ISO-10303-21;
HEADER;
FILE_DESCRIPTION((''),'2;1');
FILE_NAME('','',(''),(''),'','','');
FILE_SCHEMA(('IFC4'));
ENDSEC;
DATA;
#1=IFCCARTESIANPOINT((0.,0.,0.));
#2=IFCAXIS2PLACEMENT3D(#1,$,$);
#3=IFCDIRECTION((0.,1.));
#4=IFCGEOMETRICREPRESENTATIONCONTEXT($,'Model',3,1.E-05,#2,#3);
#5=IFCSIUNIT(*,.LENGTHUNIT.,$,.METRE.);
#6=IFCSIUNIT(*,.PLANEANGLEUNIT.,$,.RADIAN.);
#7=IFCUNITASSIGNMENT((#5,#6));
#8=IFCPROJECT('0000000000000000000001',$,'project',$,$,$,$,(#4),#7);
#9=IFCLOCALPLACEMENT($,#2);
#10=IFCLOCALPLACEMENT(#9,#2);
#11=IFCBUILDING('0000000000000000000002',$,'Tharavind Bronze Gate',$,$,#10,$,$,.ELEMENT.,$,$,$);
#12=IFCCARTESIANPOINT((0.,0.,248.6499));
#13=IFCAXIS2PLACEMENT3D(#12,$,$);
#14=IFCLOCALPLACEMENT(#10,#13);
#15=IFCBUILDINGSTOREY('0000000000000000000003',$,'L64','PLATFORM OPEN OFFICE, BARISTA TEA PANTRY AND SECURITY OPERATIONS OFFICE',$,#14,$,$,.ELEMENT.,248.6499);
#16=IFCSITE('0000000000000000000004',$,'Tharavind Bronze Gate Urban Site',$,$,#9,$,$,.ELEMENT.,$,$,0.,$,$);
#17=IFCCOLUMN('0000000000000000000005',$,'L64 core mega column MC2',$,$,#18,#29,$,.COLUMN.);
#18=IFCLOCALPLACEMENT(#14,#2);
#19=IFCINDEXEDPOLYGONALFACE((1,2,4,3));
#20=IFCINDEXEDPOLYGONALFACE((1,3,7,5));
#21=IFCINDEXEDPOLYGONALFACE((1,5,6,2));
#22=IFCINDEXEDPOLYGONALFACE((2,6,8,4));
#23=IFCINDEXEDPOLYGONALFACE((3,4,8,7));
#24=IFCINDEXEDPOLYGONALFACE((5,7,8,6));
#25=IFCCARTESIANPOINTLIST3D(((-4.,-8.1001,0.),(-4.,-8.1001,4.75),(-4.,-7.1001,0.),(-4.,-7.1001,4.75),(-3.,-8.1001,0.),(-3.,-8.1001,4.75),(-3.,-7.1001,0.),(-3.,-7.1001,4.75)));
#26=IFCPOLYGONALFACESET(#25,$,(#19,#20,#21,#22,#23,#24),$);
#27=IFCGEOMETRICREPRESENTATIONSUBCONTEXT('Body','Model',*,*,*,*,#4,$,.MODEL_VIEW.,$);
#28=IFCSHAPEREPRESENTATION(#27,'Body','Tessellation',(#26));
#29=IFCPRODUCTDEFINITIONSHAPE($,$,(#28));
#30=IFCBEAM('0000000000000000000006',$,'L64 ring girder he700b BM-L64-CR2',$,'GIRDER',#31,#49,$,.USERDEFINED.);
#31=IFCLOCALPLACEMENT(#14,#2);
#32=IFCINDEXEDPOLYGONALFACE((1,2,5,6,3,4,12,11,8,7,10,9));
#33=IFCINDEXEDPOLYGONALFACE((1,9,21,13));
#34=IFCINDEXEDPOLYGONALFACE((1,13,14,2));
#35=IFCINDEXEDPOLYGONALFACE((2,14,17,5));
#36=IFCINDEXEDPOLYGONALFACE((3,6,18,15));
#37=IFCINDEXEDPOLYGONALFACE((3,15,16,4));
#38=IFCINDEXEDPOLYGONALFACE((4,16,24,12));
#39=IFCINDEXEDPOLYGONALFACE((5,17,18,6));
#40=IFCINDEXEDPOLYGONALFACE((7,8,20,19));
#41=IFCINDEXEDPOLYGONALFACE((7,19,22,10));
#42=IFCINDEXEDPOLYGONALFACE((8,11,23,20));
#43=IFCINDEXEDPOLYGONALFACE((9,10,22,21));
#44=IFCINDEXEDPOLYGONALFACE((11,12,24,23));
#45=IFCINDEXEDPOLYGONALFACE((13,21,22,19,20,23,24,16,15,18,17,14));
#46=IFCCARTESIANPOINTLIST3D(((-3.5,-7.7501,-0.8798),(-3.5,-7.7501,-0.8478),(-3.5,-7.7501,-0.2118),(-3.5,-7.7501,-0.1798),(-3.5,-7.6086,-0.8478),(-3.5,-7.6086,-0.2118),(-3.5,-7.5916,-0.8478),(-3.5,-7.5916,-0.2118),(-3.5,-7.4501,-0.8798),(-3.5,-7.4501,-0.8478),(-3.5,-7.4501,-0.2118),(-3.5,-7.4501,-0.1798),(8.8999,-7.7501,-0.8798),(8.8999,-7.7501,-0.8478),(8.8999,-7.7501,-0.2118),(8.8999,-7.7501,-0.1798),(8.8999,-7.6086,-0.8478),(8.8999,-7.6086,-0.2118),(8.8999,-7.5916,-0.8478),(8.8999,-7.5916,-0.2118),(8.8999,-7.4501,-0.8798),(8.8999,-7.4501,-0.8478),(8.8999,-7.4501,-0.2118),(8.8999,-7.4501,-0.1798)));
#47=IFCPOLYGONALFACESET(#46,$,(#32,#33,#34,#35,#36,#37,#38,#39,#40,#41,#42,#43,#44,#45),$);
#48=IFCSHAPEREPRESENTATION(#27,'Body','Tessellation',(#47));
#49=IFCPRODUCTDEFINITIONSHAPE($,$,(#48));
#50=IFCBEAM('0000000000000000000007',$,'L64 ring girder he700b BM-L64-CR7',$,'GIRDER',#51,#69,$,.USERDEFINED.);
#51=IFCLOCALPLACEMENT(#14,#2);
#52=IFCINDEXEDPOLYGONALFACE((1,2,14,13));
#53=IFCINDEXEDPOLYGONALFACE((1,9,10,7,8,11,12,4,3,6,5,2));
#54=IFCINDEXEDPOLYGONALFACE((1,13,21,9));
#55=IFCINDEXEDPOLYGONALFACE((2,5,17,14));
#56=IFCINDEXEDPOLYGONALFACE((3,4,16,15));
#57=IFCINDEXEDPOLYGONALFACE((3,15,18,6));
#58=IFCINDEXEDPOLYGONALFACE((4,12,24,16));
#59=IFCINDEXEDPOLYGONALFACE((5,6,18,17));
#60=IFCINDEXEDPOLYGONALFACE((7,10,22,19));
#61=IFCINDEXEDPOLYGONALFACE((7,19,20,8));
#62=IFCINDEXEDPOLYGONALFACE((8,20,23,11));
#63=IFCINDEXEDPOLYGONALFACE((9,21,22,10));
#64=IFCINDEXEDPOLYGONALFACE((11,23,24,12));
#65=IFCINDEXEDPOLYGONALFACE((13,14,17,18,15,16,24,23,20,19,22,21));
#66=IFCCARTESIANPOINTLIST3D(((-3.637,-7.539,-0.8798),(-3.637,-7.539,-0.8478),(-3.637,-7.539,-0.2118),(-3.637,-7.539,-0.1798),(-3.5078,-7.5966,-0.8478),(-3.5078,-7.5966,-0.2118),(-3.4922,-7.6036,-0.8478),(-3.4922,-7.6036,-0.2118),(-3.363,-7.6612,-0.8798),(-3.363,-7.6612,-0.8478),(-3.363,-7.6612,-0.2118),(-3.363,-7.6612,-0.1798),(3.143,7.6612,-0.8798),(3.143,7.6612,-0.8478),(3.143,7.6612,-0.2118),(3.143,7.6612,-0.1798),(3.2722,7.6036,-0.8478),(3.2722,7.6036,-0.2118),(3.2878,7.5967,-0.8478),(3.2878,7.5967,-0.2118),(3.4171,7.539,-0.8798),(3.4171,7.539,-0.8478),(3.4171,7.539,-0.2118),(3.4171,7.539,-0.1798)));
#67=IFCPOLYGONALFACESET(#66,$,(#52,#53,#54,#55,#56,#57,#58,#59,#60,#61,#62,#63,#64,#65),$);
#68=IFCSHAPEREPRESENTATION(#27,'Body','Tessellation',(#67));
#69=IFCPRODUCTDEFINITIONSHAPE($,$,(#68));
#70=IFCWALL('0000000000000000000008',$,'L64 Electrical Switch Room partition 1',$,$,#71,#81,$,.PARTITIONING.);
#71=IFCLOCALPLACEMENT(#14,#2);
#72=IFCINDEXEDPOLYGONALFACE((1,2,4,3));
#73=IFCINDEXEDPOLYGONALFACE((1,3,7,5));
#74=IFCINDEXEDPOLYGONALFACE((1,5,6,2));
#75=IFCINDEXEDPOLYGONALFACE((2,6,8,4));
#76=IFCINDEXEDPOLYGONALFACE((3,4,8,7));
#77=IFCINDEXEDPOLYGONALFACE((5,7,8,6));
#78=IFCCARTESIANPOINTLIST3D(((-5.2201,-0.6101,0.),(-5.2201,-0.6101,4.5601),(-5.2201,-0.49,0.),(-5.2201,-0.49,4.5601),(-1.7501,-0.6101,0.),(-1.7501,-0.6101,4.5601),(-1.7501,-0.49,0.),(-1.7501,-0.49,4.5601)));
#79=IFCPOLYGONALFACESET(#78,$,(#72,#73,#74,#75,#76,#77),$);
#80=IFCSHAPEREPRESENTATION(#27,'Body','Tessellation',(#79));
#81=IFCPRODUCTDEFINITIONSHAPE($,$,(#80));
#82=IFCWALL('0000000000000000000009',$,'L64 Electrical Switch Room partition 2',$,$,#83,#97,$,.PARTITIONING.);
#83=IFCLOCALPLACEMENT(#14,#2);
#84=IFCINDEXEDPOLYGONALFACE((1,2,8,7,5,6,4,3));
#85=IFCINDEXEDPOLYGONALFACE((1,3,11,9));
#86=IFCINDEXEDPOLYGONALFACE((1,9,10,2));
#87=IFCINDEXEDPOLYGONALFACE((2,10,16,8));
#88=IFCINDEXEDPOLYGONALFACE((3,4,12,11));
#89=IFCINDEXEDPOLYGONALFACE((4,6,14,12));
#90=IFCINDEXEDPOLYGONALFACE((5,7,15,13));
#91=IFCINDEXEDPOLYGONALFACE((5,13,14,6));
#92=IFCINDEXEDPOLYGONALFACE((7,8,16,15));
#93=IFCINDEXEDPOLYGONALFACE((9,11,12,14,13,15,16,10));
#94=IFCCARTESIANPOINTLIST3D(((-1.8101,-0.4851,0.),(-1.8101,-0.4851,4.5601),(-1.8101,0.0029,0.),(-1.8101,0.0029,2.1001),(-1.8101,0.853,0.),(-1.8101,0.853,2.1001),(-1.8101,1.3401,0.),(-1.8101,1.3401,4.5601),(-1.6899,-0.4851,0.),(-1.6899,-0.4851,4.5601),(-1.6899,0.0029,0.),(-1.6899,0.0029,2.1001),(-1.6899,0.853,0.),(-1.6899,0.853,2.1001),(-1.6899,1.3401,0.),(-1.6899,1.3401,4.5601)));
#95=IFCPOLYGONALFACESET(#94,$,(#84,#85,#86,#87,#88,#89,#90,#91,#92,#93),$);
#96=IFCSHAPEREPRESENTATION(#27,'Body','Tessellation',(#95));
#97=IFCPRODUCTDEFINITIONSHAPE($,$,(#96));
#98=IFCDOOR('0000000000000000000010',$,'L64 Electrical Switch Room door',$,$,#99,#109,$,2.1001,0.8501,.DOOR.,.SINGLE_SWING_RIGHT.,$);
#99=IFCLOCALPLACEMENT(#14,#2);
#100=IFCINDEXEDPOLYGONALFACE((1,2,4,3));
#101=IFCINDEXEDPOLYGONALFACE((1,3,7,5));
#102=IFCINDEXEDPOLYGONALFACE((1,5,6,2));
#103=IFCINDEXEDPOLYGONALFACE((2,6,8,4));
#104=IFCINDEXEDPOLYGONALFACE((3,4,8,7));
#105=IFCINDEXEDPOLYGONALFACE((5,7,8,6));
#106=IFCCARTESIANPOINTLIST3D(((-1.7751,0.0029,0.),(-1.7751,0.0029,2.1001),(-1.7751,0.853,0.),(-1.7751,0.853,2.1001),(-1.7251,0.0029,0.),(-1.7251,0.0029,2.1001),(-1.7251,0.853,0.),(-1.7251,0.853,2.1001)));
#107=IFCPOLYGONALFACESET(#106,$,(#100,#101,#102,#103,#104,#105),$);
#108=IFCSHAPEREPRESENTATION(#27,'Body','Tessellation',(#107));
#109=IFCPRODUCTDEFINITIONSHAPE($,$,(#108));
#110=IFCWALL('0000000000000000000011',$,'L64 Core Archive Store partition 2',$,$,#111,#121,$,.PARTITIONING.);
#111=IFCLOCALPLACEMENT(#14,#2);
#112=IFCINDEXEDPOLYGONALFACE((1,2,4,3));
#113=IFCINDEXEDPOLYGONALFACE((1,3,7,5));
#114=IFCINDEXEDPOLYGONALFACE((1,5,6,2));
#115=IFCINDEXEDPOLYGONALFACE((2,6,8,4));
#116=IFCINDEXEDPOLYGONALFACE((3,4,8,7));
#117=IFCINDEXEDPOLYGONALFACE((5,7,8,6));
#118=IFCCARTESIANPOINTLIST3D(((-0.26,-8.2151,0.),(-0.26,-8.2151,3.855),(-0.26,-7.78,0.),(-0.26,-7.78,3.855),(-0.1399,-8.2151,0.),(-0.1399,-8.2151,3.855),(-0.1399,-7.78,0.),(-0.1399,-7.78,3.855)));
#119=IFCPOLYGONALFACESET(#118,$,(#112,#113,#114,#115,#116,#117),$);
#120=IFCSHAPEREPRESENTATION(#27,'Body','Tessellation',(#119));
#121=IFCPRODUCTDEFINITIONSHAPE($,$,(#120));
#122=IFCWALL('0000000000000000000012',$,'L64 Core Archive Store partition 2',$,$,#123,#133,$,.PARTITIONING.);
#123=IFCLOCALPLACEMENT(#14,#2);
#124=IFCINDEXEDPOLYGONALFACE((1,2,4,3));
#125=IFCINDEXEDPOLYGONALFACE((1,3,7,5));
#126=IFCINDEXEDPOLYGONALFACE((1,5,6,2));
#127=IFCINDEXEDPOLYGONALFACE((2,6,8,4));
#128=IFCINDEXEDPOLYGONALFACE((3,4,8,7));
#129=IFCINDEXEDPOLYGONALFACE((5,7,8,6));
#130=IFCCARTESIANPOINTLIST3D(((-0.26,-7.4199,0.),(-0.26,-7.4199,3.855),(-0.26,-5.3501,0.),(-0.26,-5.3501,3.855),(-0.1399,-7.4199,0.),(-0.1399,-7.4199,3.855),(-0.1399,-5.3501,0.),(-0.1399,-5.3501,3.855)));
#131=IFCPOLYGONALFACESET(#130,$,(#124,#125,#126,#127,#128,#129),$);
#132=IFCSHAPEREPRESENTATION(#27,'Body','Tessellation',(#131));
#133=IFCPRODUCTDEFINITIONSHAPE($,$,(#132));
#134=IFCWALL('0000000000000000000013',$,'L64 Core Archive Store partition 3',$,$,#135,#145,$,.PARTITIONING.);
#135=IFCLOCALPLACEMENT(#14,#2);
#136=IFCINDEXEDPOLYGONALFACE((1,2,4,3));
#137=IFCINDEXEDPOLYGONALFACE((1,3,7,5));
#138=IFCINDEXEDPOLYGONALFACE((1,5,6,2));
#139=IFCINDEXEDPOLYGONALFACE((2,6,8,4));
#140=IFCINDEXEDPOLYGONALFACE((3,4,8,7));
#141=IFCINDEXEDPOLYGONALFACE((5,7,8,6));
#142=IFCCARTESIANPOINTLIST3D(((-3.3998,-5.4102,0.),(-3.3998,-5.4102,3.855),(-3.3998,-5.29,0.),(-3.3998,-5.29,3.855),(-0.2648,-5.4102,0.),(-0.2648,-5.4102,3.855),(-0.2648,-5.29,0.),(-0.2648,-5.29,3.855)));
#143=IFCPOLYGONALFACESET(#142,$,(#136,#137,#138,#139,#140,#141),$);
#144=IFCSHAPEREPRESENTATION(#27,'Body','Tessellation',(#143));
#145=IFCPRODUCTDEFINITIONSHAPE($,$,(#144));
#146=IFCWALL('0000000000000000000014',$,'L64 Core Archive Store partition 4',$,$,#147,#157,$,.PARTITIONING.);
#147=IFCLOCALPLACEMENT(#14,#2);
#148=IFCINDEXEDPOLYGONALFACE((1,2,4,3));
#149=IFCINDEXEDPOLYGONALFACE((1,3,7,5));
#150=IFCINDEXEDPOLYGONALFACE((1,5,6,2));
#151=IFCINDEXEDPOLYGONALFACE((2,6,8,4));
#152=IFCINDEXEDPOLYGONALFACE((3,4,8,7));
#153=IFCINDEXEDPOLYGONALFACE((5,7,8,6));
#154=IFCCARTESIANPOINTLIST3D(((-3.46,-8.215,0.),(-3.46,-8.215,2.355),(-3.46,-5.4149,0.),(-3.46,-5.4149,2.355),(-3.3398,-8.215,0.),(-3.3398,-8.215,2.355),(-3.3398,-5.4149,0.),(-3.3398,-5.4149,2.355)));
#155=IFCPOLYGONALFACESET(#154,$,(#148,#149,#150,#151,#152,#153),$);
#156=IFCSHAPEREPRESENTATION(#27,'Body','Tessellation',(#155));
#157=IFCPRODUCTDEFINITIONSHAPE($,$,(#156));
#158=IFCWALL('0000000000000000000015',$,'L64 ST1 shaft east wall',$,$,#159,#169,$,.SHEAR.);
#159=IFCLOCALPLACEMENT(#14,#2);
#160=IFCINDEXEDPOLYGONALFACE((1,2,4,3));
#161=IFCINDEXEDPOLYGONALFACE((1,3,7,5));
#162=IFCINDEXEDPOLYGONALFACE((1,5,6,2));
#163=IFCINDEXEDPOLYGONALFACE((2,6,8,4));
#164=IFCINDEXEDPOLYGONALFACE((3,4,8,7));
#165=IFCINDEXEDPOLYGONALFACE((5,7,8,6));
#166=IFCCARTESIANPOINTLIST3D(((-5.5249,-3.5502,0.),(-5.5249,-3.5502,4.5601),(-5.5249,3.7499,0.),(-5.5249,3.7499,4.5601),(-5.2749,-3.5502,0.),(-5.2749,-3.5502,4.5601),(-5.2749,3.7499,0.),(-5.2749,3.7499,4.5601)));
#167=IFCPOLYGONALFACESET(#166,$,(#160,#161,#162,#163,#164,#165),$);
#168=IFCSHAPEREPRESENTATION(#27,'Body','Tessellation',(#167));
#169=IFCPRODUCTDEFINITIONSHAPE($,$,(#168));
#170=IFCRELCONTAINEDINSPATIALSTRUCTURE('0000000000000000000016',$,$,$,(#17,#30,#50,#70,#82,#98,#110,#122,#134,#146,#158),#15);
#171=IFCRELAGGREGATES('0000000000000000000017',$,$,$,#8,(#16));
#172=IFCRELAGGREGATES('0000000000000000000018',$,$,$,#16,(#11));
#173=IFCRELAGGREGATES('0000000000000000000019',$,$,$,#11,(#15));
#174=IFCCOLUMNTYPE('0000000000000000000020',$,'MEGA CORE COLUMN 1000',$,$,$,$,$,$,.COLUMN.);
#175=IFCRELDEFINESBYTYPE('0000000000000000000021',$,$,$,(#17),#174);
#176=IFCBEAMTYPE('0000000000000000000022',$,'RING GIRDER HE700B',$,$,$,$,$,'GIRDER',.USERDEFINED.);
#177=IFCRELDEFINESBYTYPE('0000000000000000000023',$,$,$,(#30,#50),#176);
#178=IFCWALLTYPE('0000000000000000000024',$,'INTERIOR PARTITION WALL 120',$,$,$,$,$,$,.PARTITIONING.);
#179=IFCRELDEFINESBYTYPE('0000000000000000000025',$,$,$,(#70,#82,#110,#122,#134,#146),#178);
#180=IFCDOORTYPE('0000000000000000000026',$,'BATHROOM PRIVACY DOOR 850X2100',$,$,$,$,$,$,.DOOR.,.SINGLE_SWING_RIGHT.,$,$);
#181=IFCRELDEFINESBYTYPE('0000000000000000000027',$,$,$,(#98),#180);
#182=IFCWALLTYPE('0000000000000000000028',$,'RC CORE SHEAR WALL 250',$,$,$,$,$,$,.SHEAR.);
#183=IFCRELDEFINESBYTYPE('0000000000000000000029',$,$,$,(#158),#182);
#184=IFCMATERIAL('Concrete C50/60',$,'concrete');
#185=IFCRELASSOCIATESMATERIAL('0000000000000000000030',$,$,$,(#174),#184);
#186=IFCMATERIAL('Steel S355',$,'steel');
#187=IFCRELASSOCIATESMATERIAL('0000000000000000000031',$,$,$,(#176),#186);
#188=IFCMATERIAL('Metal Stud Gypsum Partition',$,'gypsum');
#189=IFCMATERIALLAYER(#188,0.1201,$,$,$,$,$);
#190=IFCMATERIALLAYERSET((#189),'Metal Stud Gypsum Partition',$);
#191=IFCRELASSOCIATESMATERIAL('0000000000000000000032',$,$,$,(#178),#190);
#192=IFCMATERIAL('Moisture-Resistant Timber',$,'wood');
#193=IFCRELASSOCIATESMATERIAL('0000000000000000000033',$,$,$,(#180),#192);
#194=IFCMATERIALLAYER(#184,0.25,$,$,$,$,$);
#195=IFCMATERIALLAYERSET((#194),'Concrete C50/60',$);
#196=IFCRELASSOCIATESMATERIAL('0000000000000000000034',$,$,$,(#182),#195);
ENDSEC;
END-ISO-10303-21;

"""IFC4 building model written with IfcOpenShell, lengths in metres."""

from ifc_helpers import new_model, si_unit, direction, frame, frame_2d, origin, origin_2d, place, context, subcontext, project, spatial, rectangle, i_section, extrude, material, layer, layer_set, material_profile, profile_set, type_object, element, fill, save


model = new_model("IFC4")

# Units and contexts
model_context = context("Model", 3, precision=1e-05, world=origin(), true_north=direction((0.0, 1.0)))
body_context = subcontext(model_context, "Body", "Model", "MODEL_VIEW")
ifc_project = project(units=[si_unit("LENGTHUNIT", "METRE"), si_unit("PLANEANGLEUNIT", "RADIAN")], contexts=[model_context])

# Site, building, storey
site_placement = place(None, origin())
site = spatial("IfcSite", under=ifc_project, at=site_placement, Name="Tharavind Bronze Gate Urban Site", CompositionType="ELEMENT", RefElevation=0.0)
building_placement = place(site_placement, origin())
building = spatial("IfcBuilding", under=site, at=building_placement, Name="Tharavind Bronze Gate", CompositionType="ELEMENT")
storey_placement = place(building_placement, frame((0.0, 0.0, 248.6499)))
storey = spatial("IfcBuildingStorey", under=building, at=storey_placement, Name="L64", Description="PLATFORM OPEN OFFICE, BARISTA TEA PANTRY AND SECURITY OPERATIONS OFFICE", CompositionType="ELEMENT", Elevation=248.6499)

# Column
ifc_material_1 = material(Name="Concrete C50/60", Category="concrete")
ifc_material_profile_1 = material_profile(ifc_material_1, rectangle(XDim=1.0, YDim=1.0, at=origin_2d()), Name="RCCOL1000")
ifc_profile_set_1 = profile_set([ifc_material_profile_1], Name="Concrete C50/60")
column_type = type_object("IfcColumnType", Name="MEGA CORE COLUMN 1000", PredefinedType="COLUMN", material=ifc_profile_set_1)
column_placement = place(storey_placement, frame((-3.5, -7.6001, 0.0), z_axis=(0.0, 0.0, 1.0), x_axis=(1.0, 0.0, 0.0)))
element("IfcColumn", 1, at=column_placement, inside=storey, type_object=column_type, Name="L64 core mega column MC2", PredefinedType="COLUMN", context=body_context, shape_type="SweptSolid", body=[
    extrude(rectangle(XDim=1.0, YDim=1.0, at=origin_2d()), origin(), (0.0, 0.0, 1.0), 4.75),
])

# Beams
ifc_material_2 = material(Name="Steel S355", Category="steel")
ifc_material_profile_2 = material_profile(ifc_material_2, i_section(OverallWidth=0.3, OverallDepth=0.7, WebThickness=0.0171, FlangeThickness=0.032, at=origin_2d()), Name="HE700B")
ifc_profile_set_2 = profile_set([ifc_material_profile_2], Name="Steel S355")
beam_type = type_object("IfcBeamType", Name="RING GIRDER HE700B", ElementType="GIRDER", PredefinedType="USERDEFINED", material=ifc_profile_set_2)
beam_1_placement = place(storey_placement, frame((-3.5, -7.6001, -0.5298), z_axis=(1.0, 0.0, 0.0), x_axis=(0.0, 1.0, 0.0)))
element("IfcBeam", 2, at=beam_1_placement, inside=storey, type_object=beam_type, Name="L64 ring girder he700b BM-L64-CR2", ObjectType="GIRDER", PredefinedType="USERDEFINED", context=body_context, shape_type="SweptSolid", body=[
    extrude(i_section(OverallWidth=0.3, OverallDepth=0.7, WebThickness=0.0171, FlangeThickness=0.032, at=origin_2d()), origin(), (0.0, 0.0, 1.0), 12.3999),
])
beam_2_placement = place(storey_placement, frame((-3.5, -7.6001, -0.5298), z_axis=(0.407362, 0.913267, 0.0), x_axis=(-0.913267, 0.407362, 0.0)))
element("IfcBeam", 3, at=beam_2_placement, inside=storey, type_object=beam_type, Name="L64 ring girder he700b BM-L64-CR7", ObjectType="GIRDER", PredefinedType="USERDEFINED", context=body_context, shape_type="SweptSolid", body=[
    extrude(i_section(OverallWidth=0.3, OverallDepth=0.7, WebThickness=0.0171, FlangeThickness=0.032, at=origin_2d()), origin(), (0.0, 0.0, 1.0), 16.6438),
])

# Wall
ifc_material_3 = material(Name="Metal Stud Gypsum Partition", Category="gypsum")
ifc_layer_1 = layer(ifc_material_3, 0.1201)
ifc_layer_set_1 = layer_set([ifc_layer_1], Name="Metal Stud Gypsum Partition")
wall_type_1 = type_object("IfcWallType", Name="INTERIOR PARTITION WALL 120", PredefinedType="PARTITIONING", material=ifc_layer_set_1)
wall_1_placement = place(storey_placement, frame((-5.22, -0.55, 0.0), z_axis=(0.0, 0.0, 1.0), x_axis=(1.0, 0.0, 0.0)))
element("IfcWall", 4, at=wall_1_placement, inside=storey, type_object=wall_type_1, Name="L64 Electrical Switch Room partition 1", PredefinedType="PARTITIONING", context=body_context, shape_type="SweptSolid", body=[
    extrude(rectangle(XDim=3.47, YDim=0.1201, at=frame_2d((1.7349, 0.0))), origin(), (0.0, 0.0, 1.0), 4.5601),
])

# Wall, opening, door
wall_2_placement = place(storey_placement, frame((-1.75, -0.4851, 0.0), z_axis=(0.0, 0.0, 1.0), x_axis=(0.0, 1.0, 0.0)))
wall_2 = element("IfcWall", 5, at=wall_2_placement, inside=storey, type_object=wall_type_1, Name="L64 Electrical Switch Room partition 2", PredefinedType="PARTITIONING", context=body_context, shape_type="SweptSolid", body=[
    extrude(rectangle(XDim=1.8252, YDim=0.1201, at=frame_2d((0.9126, 0.0))), origin(), (0.0, 0.0, 1.0), 4.5601),
])
opening_1_placement = place(wall_2_placement, frame((0.488, 0.0, 0.0)))
opening_1 = element("IfcOpeningElement", 6, at=opening_1_placement, cuts=wall_2, PredefinedType="OPENING", context=body_context, shape_type="SweptSolid", body=[
    extrude(rectangle(XDim=0.8501, YDim=2.1001, at=frame_2d((0.425, 1.05))), frame((0.0, 0.0701, 0.0), z_axis=(0.0, -1.0, 0.0), x_axis=(1.0, 0.0, 0.0)), (0.0, 0.0, 1.0), 0.1401),
])
ifc_material_4 = material(Name="Moisture-Resistant Timber", Category="wood")
door_type_1 = type_object("IfcDoorType", Name="BATHROOM PRIVACY DOOR 850X2100", OperationType="SINGLE_SWING_RIGHT", PredefinedType="DOOR", material=ifc_material_4)
door_1_placement = place(opening_1_placement, frame((0.8501, 0.0, 0.0), z_axis=(0.0, 0.0, 1.0), x_axis=(-1.0, 0.0, 0.0)))
door_1 = element("IfcDoor", 7, at=door_1_placement, inside=storey, type_object=door_type_1, Name="L64 Electrical Switch Room door", OperationType="SINGLE_SWING_RIGHT", OverallHeight=2.1001, OverallWidth=0.8501, PredefinedType="DOOR", context=body_context, shape_type="SweptSolid", body=[
    extrude(rectangle(XDim=0.8501, YDim=2.1001, at=frame_2d((0.425, 1.05))), frame((0.0, 0.0249, 0.0), z_axis=(0.0, -1.0, 0.0), x_axis=(1.0, 0.0, 0.0)), (0.0, 0.0, 1.0), 0.05),
])
fill(opening_1, door_1)

# Walls
wall_3_placement = place(storey_placement, frame((-0.2, -8.2151, 0.0), z_axis=(0.0, 0.0, 1.0), x_axis=(0.0, 1.0, 0.0)))
element("IfcWall", 8, at=wall_3_placement, inside=storey, type_object=wall_type_1, Name="L64 Core Archive Store partition 2", PredefinedType="PARTITIONING", context=body_context, shape_type="SweptSolid", body=[
    extrude(rectangle(XDim=0.4351, YDim=0.1201, at=frame_2d((0.2175, 0.0))), origin(), (0.0, 0.0, 1.0), 3.855),
])
wall_4_placement = place(storey_placement, frame((-0.2, -7.4199, 0.0), z_axis=(0.0, 0.0, 1.0), x_axis=(0.0, 1.0, 0.0)))
element("IfcWall", 9, at=wall_4_placement, inside=storey, type_object=wall_type_1, Name="L64 Core Archive Store partition 2", PredefinedType="PARTITIONING", context=body_context, shape_type="SweptSolid", body=[
    extrude(rectangle(XDim=2.0698, YDim=0.1201, at=frame_2d((1.0349, 0.0))), origin(), (0.0, 0.0, 1.0), 3.855),
])
wall_5_placement = place(storey_placement, frame((-0.2649, -5.3501, 0.0), z_axis=(0.0, 0.0, 1.0), x_axis=(-1.0, 0.0, 0.0)))
element("IfcWall", 10, at=wall_5_placement, inside=storey, type_object=wall_type_1, Name="L64 Core Archive Store partition 3", PredefinedType="PARTITIONING", context=body_context, shape_type="SweptSolid", body=[
    extrude(rectangle(XDim=3.135, YDim=0.1201, at=frame_2d((1.5674, 0.0))), origin(), (0.0, 0.0, 1.0), 3.855),
])
wall_6_placement = place(storey_placement, frame((-3.3999, -5.415, 0.0), z_axis=(0.0, 0.0, 1.0), x_axis=(0.0, -1.0, 0.0)))
element("IfcWall", 11, at=wall_6_placement, inside=storey, type_object=wall_type_1, Name="L64 Core Archive Store partition 4", PredefinedType="PARTITIONING", context=body_context, shape_type="SweptSolid", body=[
    extrude(rectangle(XDim=2.8, YDim=0.1201, at=frame_2d((1.3999, 0.0))), origin(), (0.0, 0.0, 1.0), 2.355),
])
ifc_layer_2 = layer(ifc_material_1, 0.25)
ifc_layer_set_2 = layer_set([ifc_layer_2], Name="Concrete C50/60")
wall_type_2 = type_object("IfcWallType", Name="RC CORE SHEAR WALL 250", PredefinedType="SHEAR", material=ifc_layer_set_2)
wall_7_placement = place(storey_placement, frame((-5.3999, -3.55, 0.0), z_axis=(0.0, 0.0, 1.0), x_axis=(0.0, 1.0, 0.0)))
element("IfcWall", 12, at=wall_7_placement, inside=storey, type_object=wall_type_2, Name="L64 ST1 shaft east wall", PredefinedType="SHEAR", context=body_context, shape_type="SweptSolid", body=[
    extrude(rectangle(XDim=7.3, YDim=0.25, at=frame_2d((3.6499, 0.0))), origin(), (0.0, 0.0, 1.0), 4.5601),
])

save(model, "model.ifc")
